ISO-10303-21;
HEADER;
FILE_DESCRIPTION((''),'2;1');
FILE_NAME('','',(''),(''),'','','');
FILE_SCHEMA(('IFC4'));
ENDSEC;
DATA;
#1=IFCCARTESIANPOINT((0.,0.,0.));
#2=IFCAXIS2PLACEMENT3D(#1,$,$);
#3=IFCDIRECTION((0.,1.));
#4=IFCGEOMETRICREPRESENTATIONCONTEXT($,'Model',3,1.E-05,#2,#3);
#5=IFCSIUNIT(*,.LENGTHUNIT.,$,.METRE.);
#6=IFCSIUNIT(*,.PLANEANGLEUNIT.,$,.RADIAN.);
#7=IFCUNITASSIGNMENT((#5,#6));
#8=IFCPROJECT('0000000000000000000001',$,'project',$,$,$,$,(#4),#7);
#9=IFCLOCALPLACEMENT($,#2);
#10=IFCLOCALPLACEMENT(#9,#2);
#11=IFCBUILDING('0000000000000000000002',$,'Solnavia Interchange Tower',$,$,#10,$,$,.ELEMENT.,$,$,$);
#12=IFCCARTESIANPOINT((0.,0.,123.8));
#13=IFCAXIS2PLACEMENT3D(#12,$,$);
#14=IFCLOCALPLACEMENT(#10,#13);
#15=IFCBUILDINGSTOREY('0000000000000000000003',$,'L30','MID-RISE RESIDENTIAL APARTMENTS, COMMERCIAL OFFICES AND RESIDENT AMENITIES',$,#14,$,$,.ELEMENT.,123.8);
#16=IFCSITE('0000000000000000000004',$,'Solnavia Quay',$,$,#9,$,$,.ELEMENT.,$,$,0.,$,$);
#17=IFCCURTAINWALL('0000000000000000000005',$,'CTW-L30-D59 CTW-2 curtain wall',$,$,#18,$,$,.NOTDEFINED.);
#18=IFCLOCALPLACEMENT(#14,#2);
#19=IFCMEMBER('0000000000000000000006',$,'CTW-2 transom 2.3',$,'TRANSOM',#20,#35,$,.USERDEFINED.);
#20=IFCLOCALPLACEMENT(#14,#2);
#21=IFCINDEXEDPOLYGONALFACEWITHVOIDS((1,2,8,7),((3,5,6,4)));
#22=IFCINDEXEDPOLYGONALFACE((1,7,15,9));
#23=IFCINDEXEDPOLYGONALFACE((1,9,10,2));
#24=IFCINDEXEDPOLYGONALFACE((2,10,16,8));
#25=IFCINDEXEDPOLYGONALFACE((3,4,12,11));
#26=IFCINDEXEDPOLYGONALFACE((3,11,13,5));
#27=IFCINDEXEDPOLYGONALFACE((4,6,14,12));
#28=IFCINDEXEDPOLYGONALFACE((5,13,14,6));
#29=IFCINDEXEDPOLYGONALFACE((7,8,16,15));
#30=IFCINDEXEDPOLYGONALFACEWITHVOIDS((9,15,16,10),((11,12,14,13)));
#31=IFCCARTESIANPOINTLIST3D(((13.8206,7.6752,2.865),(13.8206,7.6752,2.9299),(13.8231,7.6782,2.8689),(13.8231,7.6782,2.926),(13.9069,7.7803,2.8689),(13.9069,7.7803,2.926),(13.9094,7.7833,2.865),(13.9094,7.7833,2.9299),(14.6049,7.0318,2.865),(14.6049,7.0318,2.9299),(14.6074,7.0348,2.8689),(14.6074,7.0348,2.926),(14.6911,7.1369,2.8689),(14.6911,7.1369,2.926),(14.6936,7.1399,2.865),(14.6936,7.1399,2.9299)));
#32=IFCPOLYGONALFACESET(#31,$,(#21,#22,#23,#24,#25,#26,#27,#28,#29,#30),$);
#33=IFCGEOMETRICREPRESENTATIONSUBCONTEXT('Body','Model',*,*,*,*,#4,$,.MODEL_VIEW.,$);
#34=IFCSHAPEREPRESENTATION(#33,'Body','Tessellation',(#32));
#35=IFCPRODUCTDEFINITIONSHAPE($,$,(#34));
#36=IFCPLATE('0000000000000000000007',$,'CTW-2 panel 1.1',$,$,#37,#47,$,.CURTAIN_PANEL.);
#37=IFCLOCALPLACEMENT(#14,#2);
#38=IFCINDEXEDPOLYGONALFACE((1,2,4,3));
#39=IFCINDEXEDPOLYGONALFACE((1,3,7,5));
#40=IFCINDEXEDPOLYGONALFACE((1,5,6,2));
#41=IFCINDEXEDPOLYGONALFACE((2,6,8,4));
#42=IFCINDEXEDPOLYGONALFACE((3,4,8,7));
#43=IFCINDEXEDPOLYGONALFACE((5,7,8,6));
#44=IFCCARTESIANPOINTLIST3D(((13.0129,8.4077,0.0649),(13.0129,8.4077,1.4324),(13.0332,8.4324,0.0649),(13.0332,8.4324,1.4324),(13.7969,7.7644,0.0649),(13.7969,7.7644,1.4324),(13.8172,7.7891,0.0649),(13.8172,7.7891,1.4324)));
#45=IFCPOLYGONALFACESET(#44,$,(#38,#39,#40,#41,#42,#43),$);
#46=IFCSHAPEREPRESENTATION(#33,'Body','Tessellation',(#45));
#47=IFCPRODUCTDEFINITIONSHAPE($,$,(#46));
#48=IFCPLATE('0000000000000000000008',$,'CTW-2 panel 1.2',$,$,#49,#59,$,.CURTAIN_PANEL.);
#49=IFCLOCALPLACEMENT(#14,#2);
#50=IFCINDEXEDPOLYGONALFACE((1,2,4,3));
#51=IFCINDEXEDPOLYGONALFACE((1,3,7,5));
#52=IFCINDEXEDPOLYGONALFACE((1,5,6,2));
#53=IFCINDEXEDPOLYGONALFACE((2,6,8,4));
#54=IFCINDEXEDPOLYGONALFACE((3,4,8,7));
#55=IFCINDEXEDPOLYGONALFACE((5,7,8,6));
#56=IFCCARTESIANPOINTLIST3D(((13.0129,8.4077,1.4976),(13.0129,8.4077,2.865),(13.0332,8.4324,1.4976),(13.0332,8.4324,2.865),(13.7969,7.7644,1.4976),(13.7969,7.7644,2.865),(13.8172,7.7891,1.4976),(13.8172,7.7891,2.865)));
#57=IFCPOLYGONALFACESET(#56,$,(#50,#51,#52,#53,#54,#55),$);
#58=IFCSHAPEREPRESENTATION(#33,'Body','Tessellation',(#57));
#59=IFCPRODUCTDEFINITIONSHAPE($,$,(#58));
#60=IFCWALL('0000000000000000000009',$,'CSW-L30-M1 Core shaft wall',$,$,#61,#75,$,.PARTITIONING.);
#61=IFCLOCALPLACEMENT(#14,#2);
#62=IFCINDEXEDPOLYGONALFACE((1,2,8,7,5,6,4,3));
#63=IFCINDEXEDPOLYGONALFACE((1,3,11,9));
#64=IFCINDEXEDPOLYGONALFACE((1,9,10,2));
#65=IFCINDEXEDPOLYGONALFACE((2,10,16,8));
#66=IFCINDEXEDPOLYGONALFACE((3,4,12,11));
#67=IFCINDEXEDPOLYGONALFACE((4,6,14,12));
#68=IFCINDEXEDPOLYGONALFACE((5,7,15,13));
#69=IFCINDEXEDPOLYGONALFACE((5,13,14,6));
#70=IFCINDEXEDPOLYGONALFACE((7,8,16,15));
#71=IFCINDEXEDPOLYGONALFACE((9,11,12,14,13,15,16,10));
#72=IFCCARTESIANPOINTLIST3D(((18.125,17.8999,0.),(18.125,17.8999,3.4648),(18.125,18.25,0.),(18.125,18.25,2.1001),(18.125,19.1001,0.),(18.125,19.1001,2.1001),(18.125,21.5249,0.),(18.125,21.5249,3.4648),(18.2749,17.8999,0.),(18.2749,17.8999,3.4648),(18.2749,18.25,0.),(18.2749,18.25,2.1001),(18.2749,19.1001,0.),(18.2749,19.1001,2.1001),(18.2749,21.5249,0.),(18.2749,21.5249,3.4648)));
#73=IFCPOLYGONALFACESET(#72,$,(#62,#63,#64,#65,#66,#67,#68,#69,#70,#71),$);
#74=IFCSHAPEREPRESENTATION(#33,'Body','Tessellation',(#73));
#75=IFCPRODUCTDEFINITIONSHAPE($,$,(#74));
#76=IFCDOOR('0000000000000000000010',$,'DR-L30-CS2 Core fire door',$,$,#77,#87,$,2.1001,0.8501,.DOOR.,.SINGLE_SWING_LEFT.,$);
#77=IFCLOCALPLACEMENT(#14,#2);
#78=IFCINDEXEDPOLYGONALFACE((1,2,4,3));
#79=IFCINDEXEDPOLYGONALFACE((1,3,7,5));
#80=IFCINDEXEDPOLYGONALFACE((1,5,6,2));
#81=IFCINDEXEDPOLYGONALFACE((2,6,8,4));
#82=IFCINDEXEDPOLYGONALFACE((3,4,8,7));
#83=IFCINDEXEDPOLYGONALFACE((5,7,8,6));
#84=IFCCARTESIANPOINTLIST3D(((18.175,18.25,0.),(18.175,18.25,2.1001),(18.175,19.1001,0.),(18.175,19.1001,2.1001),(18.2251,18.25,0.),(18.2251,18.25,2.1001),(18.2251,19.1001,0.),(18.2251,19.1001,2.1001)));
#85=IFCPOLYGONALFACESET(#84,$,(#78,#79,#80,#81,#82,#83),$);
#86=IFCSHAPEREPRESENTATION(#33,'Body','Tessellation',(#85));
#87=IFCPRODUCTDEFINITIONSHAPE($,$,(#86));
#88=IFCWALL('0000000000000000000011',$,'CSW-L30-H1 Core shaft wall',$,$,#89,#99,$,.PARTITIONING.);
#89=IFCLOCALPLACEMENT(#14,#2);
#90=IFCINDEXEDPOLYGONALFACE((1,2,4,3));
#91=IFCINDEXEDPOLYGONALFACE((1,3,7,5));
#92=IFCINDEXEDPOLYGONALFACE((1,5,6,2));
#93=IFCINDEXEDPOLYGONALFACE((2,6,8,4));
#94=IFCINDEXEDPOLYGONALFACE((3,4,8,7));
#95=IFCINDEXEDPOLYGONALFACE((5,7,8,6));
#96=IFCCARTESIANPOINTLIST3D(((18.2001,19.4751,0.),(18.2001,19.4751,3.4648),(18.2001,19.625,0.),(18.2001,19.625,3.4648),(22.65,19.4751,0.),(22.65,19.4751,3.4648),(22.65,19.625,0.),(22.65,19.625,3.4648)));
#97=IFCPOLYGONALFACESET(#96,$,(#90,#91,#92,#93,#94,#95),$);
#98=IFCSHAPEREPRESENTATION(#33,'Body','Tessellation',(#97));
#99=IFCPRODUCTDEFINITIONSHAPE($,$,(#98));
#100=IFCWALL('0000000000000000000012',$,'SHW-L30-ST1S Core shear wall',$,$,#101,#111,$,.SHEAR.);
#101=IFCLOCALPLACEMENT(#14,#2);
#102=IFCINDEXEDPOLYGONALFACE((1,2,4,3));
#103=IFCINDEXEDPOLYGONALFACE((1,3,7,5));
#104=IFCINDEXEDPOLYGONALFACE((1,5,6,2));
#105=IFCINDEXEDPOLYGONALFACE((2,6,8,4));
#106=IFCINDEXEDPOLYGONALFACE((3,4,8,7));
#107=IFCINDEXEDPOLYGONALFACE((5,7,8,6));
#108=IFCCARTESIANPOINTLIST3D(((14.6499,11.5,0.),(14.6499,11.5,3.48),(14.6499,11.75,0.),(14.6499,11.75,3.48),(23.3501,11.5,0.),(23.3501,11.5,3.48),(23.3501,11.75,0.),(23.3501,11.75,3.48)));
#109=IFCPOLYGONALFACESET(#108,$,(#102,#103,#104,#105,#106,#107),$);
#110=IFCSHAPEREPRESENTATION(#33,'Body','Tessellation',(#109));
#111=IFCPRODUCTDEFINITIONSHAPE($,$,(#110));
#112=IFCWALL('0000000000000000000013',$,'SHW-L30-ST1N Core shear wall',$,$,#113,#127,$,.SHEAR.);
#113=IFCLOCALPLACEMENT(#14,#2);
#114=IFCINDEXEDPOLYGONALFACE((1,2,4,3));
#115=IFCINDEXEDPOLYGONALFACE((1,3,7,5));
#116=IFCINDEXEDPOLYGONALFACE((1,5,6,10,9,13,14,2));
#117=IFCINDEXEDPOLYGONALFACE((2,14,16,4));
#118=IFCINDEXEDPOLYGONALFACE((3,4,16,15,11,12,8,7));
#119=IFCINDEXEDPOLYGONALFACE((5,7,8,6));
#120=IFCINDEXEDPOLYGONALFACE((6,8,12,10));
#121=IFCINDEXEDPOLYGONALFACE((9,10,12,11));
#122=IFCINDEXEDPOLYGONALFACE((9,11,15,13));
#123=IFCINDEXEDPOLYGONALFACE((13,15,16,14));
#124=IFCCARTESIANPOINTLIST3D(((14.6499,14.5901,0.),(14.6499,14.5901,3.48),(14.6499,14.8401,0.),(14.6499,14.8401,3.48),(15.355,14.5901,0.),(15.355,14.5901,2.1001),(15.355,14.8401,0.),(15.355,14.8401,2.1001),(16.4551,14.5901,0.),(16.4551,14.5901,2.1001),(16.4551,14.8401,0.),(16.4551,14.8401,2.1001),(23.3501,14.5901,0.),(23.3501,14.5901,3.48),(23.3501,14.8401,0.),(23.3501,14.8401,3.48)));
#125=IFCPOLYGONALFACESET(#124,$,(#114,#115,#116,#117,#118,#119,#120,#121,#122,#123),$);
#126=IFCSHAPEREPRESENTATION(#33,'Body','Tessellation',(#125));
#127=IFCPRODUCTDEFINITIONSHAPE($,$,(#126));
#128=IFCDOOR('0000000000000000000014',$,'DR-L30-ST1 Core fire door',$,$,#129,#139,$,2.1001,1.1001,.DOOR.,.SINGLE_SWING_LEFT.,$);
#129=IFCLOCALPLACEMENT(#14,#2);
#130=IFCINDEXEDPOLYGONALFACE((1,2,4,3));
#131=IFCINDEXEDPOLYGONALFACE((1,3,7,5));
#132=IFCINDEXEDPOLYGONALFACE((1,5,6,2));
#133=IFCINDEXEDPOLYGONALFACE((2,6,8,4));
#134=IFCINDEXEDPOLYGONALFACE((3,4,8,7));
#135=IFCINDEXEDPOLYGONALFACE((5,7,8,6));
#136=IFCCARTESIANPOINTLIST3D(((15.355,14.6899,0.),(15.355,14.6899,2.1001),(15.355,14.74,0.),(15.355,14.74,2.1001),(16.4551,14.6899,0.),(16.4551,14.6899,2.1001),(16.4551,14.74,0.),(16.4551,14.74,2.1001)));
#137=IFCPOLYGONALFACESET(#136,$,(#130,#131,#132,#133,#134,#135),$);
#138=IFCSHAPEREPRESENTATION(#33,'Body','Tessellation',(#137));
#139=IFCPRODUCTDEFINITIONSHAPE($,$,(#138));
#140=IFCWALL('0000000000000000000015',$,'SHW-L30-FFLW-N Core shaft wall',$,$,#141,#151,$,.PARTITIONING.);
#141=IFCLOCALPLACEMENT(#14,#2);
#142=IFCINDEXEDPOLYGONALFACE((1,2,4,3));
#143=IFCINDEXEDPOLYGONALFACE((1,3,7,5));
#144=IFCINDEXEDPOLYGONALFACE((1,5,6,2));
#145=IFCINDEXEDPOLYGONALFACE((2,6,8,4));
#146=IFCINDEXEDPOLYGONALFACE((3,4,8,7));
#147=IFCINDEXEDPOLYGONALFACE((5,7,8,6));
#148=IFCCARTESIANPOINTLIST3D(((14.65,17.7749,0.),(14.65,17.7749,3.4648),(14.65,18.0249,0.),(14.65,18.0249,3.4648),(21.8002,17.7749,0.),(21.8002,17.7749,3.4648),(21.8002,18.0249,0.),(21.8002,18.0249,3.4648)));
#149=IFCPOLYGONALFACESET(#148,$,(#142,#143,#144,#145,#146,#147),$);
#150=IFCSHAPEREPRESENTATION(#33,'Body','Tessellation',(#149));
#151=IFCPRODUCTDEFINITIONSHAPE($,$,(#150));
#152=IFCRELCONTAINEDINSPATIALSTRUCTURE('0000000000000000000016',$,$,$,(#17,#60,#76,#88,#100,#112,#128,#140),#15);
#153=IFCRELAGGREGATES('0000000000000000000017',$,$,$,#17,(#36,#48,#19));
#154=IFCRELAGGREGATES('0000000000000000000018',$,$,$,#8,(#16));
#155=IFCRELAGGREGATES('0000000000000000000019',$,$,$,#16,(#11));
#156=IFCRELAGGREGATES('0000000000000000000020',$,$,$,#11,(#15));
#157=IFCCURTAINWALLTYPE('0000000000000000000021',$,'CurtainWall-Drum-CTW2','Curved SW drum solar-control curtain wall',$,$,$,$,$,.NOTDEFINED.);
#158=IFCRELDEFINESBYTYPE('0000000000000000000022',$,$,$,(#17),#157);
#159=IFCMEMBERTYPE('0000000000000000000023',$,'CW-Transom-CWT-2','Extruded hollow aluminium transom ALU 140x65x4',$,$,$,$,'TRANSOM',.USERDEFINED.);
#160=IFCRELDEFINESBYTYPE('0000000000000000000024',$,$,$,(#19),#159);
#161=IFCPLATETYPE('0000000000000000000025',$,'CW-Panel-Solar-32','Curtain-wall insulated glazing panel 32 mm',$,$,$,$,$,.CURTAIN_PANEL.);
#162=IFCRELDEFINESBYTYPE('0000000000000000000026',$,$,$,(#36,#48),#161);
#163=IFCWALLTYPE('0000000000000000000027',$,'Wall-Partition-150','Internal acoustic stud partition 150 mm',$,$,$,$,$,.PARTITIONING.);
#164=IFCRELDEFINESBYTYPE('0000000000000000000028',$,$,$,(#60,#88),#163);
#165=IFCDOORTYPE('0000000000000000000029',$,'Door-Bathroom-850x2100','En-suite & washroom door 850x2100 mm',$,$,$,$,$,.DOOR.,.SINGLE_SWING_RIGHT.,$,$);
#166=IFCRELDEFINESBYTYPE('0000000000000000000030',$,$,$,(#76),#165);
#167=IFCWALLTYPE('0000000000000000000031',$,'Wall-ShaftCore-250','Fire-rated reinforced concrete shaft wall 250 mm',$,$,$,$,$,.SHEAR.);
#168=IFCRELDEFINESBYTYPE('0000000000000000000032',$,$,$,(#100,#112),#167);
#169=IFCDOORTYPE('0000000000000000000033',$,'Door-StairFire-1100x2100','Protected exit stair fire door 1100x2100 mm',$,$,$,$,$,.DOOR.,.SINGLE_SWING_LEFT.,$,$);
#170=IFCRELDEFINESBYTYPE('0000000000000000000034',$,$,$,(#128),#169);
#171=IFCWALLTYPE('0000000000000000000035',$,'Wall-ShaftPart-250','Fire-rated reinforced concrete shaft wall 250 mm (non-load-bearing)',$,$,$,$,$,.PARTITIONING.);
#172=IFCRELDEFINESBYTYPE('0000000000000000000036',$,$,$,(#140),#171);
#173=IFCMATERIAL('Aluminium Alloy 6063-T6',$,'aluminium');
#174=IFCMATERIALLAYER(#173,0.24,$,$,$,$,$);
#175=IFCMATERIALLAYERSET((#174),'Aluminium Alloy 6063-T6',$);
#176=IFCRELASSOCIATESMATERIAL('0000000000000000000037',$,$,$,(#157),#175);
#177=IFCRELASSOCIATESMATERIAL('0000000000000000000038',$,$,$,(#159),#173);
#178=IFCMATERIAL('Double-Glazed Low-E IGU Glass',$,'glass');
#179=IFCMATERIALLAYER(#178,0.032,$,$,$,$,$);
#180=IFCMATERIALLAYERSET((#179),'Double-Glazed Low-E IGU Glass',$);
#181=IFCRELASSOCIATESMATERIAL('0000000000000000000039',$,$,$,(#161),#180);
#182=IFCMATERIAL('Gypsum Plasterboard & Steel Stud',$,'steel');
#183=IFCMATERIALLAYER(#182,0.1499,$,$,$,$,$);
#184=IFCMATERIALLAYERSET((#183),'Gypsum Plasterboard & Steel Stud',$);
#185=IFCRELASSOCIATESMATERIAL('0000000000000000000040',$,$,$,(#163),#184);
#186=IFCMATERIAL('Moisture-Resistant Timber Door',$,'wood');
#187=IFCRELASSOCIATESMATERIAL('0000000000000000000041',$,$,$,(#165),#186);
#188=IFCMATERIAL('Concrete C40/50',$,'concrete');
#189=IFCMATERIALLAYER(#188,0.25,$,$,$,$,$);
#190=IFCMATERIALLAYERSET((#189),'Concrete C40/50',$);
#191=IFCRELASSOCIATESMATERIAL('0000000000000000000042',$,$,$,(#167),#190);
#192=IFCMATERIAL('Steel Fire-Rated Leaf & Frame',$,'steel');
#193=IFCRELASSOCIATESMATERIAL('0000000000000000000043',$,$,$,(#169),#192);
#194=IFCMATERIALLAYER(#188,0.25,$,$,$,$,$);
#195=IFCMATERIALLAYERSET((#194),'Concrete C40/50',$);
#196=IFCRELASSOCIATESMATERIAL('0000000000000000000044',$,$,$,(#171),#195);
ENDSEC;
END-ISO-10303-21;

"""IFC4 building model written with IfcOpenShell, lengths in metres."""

from ifc_helpers import new_model, si_unit, direction, frame, frame_2d, origin, origin_2d, place, context, subcontext, project, spatial, rectangle, hollow_rectangle, extrude, material, layer, layer_set, material_profile, profile_set, type_object, element, fill, aggregate, save


model = new_model("IFC4")

# Units and contexts
model_context = context("Model", 3, precision=1e-05, world=origin(), true_north=direction((0.0, 1.0)))
body_context = subcontext(model_context, "Body", "Model", "MODEL_VIEW")
ifc_project = project(units=[si_unit("LENGTHUNIT", "METRE"), si_unit("PLANEANGLEUNIT", "RADIAN")], contexts=[model_context])

# Site, building, storey
site_placement = place(None, origin())
site = spatial("IfcSite", under=ifc_project, at=site_placement, Name="Solnavia Quay", CompositionType="ELEMENT", RefElevation=0.0)
building_placement = place(site_placement, origin())
building = spatial("IfcBuilding", under=site, at=building_placement, Name="Solnavia Interchange Tower", CompositionType="ELEMENT")
storey_placement = place(building_placement, frame((0.0, 0.0, 123.8)))
storey = spatial("IfcBuildingStorey", under=building, at=storey_placement, Name="L30", Description="MID-RISE RESIDENTIAL APARTMENTS, COMMERCIAL OFFICES AND RESIDENT AMENITIES", CompositionType="ELEMENT", Elevation=123.8)

# Curtain wall, member, plates
ifc_material_1 = material(Name="Aluminium Alloy 6063-T6", Category="aluminium")
ifc_layer_1 = layer(ifc_material_1, 0.24)
ifc_layer_set_1 = layer_set([ifc_layer_1], Name="Aluminium Alloy 6063-T6")
curtain_wall_type = type_object("IfcCurtainWallType", Name="CurtainWall-Drum-CTW2", Description="Curved SW drum solar-control curtain wall", PredefinedType="NOTDEFINED", material=ifc_layer_set_1)
curtain_wall_placement = place(storey_placement, origin())
curtain_wall = element("IfcCurtainWall", 1, at=curtain_wall_placement, inside=storey, type_object=curtain_wall_type, Name="CTW-L30-D59 CTW-2 curtain wall", PredefinedType="NOTDEFINED")
ifc_material_profile_1 = material_profile(ifc_material_1, hollow_rectangle(XDim=0.0649, YDim=0.1399, WallThickness=0.0039, at=origin_2d()), Name="ALU 140x65x4")
ifc_profile_set_1 = profile_set([ifc_material_profile_1], Name="Aluminium Alloy 6063-T6")
member_type_1 = type_object("IfcMemberType", Name="CW-Transom-CWT-2", Description="Extruded hollow aluminium transom ALU 140x65x4", ElementType="TRANSOM", PredefinedType="USERDEFINED", material=ifc_profile_set_1)
member_1_placement = place(storey_placement, frame((13.865, 7.7292, 2.8975), z_axis=(0.773131, -0.634247, 0.0), x_axis=(0.0, 0.0, 1.0)))
member_1 = element("IfcMember", 2, at=member_1_placement, type_object=member_type_1, Name="CTW-2 transom 2.3", ObjectType="TRANSOM", PredefinedType="USERDEFINED", context=body_context, shape_type="SweptSolid", body=[
    extrude(hollow_rectangle(XDim=0.0649, YDim=0.1399, WallThickness=0.0039, at=origin_2d()), origin(), (0.0, 0.0, 1.0), 1.0144),
])
ifc_material_2 = material(Name="Double-Glazed Low-E IGU Glass", Category="glass")
ifc_layer_2 = layer(ifc_material_2, 0.032)
ifc_layer_set_2 = layer_set([ifc_layer_2], Name="Double-Glazed Low-E IGU Glass")
plate_type = type_object("IfcPlateType", Name="CW-Panel-Solar-32", Description="Curtain-wall insulated glazing panel 32 mm", PredefinedType="CURTAIN_PANEL", material=ifc_layer_set_2)
plate_1_placement = place(storey_placement, frame((13.415, 8.0984, 0.0649), z_axis=(0.0, 0.0, 1.0), x_axis=(0.773095, -0.634291, 0.0)))
plate_1 = element("IfcPlate", 3, at=plate_1_placement, type_object=plate_type, Name="CTW-2 panel 1.1", PredefinedType="CURTAIN_PANEL", context=body_context, shape_type="SweptSolid", body=[
    extrude(rectangle(XDim=1.0142, YDim=0.032, at=origin_2d()), origin(), (0.0, 0.0, 1.0), 1.3674),
])
plate_2_placement = place(storey_placement, frame((13.415, 8.0984, 1.4976), z_axis=(0.0, 0.0, 1.0), x_axis=(0.773095, -0.634291, 0.0)))
plate_2 = element("IfcPlate", 4, at=plate_2_placement, type_object=plate_type, Name="CTW-2 panel 1.2", PredefinedType="CURTAIN_PANEL", context=body_context, shape_type="SweptSolid", body=[
    extrude(rectangle(XDim=1.0142, YDim=0.032, at=origin_2d()), origin(), (0.0, 0.0, 1.0), 1.3674),
])
aggregate(curtain_wall, [plate_1, plate_2, member_1])

# Wall, opening, door
ifc_material_3 = material(Name="Gypsum Plasterboard & Steel Stud", Category="steel")
ifc_layer_3 = layer(ifc_material_3, 0.1499)
ifc_layer_set_3 = layer_set([ifc_layer_3], Name="Gypsum Plasterboard & Steel Stud")
wall_type_1 = type_object("IfcWallType", Name="Wall-Partition-150", Description="Internal acoustic stud partition 150 mm", PredefinedType="PARTITIONING", material=ifc_layer_set_3)
wall_1_placement = place(storey_placement, frame((18.2, 17.8999, 0.0), z_axis=(0.0, 0.0, 1.0), x_axis=(0.0, 1.0, 0.0)))
wall_1 = element("IfcWall", 5, at=wall_1_placement, inside=storey, type_object=wall_type_1, Name="CSW-L30-M1 Core shaft wall", PredefinedType="PARTITIONING", context=body_context, shape_type="SweptSolid", body=[
    extrude(rectangle(XDim=3.625, YDim=0.1499, at=frame_2d((1.8125, 0.0))), origin(), (0.0, 0.0, 1.0), 3.4648),
])
opening_1_placement = place(wall_1_placement, frame((0.3501, 0.0, 0.0)))
opening_1 = element("IfcOpeningElement", 6, at=opening_1_placement, cuts=wall_1, PredefinedType="OPENING", context=body_context, shape_type="SweptSolid", body=[
    extrude(rectangle(XDim=0.8501, YDim=2.1001, at=frame_2d((0.425, 1.05))), frame((0.0, 0.085, 0.0), z_axis=(0.0, -1.0, 0.0), x_axis=(1.0, 0.0, 0.0)), (0.0, 0.0, 1.0), 0.1699),
])
ifc_material_4 = material(Name="Moisture-Resistant Timber Door", Category="wood")
door_type_1 = type_object("IfcDoorType", Name="Door-Bathroom-850x2100", Description="En-suite & washroom door 850x2100 mm", OperationType="SINGLE_SWING_RIGHT", PredefinedType="DOOR", material=ifc_material_4)
door_1_placement = place(opening_1_placement, origin())
door_1 = element("IfcDoor", 7, at=door_1_placement, inside=storey, type_object=door_type_1, Name="DR-L30-CS2 Core fire door", OperationType="SINGLE_SWING_LEFT", OverallHeight=2.1001, OverallWidth=0.8501, PredefinedType="DOOR", context=body_context, shape_type="SweptSolid", body=[
    extrude(rectangle(XDim=0.8501, YDim=2.1001, at=frame_2d((0.425, 1.05))), frame((0.0, 0.0249, 0.0), z_axis=(0.0, -1.0, 0.0), x_axis=(1.0, 0.0, 0.0)), (0.0, 0.0, 1.0), 0.05),
])
fill(opening_1, door_1)

# Walls
wall_2_placement = place(storey_placement, frame((18.2, 19.55, 0.0), z_axis=(0.0, 0.0, 1.0), x_axis=(1.0, 0.0, 0.0)))
element("IfcWall", 8, at=wall_2_placement, inside=storey, type_object=wall_type_1, Name="CSW-L30-H1 Core shaft wall", PredefinedType="PARTITIONING", context=body_context, shape_type="SweptSolid", body=[
    extrude(rectangle(XDim=4.45, YDim=0.1499, at=frame_2d((2.2251, 0.0))), origin(), (0.0, 0.0, 1.0), 3.4648),
])
ifc_material_5 = material(Name="Concrete C40/50", Category="concrete")
ifc_layer_4 = layer(ifc_material_5, 0.25)
ifc_layer_set_4 = layer_set([ifc_layer_4], Name="Concrete C40/50")
wall_type_2 = type_object("IfcWallType", Name="Wall-ShaftCore-250", Description="Fire-rated reinforced concrete shaft wall 250 mm", PredefinedType="SHEAR", material=ifc_layer_set_4)
wall_3_placement = place(storey_placement, frame((14.6499, 11.625, 0.0), z_axis=(0.0, 0.0, 1.0), x_axis=(1.0, 0.0, 0.0)))
element("IfcWall", 9, at=wall_3_placement, inside=storey, type_object=wall_type_2, Name="SHW-L30-ST1S Core shear wall", PredefinedType="SHEAR", context=body_context, shape_type="SweptSolid", body=[
    extrude(rectangle(XDim=8.7002, YDim=0.25, at=frame_2d((4.3501, 0.0))), origin(), (0.0, 0.0, 1.0), 3.48),
])

# Wall, opening, door
wall_4_placement = place(storey_placement, frame((14.6499, 14.7151, 0.0), z_axis=(0.0, 0.0, 1.0), x_axis=(1.0, 0.0, 0.0)))
wall_4 = element("IfcWall", 10, at=wall_4_placement, inside=storey, type_object=wall_type_2, Name="SHW-L30-ST1N Core shear wall", PredefinedType="SHEAR", context=body_context, shape_type="SweptSolid", body=[
    extrude(rectangle(XDim=8.7002, YDim=0.25, at=frame_2d((4.3501, 0.0))), origin(), (0.0, 0.0, 1.0), 3.48),
])
opening_2_placement = place(wall_4_placement, frame((0.7051, 0.0, 0.0)))
opening_2 = element("IfcOpeningElement", 11, at=opening_2_placement, cuts=wall_4, PredefinedType="OPENING", context=body_context, shape_type="SweptSolid", body=[
    extrude(rectangle(XDim=1.1001, YDim=2.1001, at=frame_2d((0.55, 1.05))), frame((0.0, 0.135, 0.0), z_axis=(0.0, -1.0, 0.0), x_axis=(1.0, 0.0, 0.0)), (0.0, 0.0, 1.0), 0.27),
])
ifc_material_6 = material(Name="Steel Fire-Rated Leaf & Frame", Category="steel")
door_type_2 = type_object("IfcDoorType", Name="Door-StairFire-1100x2100", Description="Protected exit stair fire door 1100x2100 mm", OperationType="SINGLE_SWING_LEFT", PredefinedType="DOOR", material=ifc_material_6)
door_2_placement = place(opening_2_placement, origin())
door_2 = element("IfcDoor", 12, at=door_2_placement, inside=storey, type_object=door_type_2, Name="DR-L30-ST1 Core fire door", OperationType="SINGLE_SWING_LEFT", OverallHeight=2.1001, OverallWidth=1.1001, PredefinedType="DOOR", context=body_context, shape_type="SweptSolid", body=[
    extrude(rectangle(XDim=1.1001, YDim=2.1001, at=frame_2d((0.55, 1.05))), frame((0.0, 0.0249, 0.0), z_axis=(0.0, -1.0, 0.0), x_axis=(1.0, 0.0, 0.0)), (0.0, 0.0, 1.0), 0.05),
])
fill(opening_2, door_2)

# Wall
ifc_layer_5 = layer(ifc_material_5, 0.25)
ifc_layer_set_5 = layer_set([ifc_layer_5], Name="Concrete C40/50")
wall_type_3 = type_object("IfcWallType", Name="Wall-ShaftPart-250", Description="Fire-rated reinforced concrete shaft wall 250 mm (non-load-bearing)", PredefinedType="PARTITIONING", material=ifc_layer_set_5)
wall_5_placement = place(storey_placement, frame((14.6499, 17.8999, 0.0), z_axis=(0.0, 0.0, 1.0), x_axis=(1.0, 0.0, 0.0)))
element("IfcWall", 13, at=wall_5_placement, inside=storey, type_object=wall_type_3, Name="SHW-L30-FFLW-N Core shaft wall", PredefinedType="PARTITIONING", context=body_context, shape_type="SweptSolid", body=[
    extrude(rectangle(XDim=7.1501, YDim=0.25, at=frame_2d((3.5752, 0.0))), origin(), (0.0, 0.0, 1.0), 3.4648),
])

save(model, "model.ifc")
